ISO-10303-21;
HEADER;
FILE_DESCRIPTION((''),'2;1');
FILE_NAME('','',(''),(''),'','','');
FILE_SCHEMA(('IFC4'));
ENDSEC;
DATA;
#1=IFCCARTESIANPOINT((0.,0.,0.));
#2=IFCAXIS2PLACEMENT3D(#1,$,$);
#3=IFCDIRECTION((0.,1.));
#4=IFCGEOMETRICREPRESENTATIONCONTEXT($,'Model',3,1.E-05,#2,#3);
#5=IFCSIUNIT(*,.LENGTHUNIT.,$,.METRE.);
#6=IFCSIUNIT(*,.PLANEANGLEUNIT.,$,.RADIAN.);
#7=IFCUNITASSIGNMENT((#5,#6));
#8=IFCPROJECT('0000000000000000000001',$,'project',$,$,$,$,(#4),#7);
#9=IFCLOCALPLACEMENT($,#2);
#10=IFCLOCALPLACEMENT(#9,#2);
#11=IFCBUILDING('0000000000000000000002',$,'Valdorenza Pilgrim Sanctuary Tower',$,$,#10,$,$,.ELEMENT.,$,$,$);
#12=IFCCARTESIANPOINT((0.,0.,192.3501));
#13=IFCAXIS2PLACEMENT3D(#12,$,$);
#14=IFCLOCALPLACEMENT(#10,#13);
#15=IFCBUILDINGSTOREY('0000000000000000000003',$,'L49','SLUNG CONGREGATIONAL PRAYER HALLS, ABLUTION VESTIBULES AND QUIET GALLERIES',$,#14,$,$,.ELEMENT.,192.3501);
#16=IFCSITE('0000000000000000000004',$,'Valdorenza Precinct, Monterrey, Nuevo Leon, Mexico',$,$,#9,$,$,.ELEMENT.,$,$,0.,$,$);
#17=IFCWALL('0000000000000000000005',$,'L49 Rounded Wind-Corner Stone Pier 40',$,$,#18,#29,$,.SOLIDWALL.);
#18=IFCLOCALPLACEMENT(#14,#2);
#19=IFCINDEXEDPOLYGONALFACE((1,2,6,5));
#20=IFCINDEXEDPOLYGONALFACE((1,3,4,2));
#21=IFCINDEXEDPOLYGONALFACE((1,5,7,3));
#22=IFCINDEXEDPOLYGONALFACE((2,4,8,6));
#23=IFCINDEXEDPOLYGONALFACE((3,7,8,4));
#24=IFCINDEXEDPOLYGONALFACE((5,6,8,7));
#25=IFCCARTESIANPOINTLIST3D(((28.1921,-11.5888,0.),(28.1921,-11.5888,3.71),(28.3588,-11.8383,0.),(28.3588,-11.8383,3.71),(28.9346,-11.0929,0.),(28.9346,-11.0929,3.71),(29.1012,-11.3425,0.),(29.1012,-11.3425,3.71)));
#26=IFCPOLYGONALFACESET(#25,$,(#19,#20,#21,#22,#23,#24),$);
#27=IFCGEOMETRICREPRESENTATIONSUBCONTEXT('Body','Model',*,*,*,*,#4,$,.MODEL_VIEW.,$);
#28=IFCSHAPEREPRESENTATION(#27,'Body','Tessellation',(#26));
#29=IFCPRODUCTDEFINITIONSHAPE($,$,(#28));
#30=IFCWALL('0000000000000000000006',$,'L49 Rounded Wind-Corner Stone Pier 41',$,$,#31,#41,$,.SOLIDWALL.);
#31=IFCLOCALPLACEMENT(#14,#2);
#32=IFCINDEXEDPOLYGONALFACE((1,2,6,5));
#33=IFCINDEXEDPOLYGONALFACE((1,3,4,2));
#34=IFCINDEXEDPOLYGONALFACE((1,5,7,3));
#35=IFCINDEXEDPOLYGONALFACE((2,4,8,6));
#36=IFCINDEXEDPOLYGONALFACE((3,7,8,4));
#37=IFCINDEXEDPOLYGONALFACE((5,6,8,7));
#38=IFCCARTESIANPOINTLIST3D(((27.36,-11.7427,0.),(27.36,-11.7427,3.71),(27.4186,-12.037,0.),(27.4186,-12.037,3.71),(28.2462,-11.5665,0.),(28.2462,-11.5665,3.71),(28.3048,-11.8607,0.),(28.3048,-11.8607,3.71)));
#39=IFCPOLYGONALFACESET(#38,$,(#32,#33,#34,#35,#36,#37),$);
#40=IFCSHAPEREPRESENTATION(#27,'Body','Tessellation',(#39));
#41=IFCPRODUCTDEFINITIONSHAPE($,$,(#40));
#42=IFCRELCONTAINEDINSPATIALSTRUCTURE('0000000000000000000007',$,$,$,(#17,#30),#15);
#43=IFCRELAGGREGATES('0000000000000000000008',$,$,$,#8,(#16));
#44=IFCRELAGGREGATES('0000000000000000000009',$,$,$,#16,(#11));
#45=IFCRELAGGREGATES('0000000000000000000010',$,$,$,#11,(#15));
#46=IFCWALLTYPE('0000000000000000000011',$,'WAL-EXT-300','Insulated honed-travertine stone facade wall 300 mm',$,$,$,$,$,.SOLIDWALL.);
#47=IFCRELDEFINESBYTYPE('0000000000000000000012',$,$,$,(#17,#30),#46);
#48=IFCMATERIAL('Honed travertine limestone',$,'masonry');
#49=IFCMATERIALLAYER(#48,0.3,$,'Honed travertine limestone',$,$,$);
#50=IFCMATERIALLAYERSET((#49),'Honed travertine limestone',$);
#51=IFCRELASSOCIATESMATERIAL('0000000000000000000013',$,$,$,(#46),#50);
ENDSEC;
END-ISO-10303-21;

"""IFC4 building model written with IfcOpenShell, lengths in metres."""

from ifc_helpers import new_model, si_unit, direction, frame, frame_2d, origin, place, context, subcontext, project, spatial, rectangle, extrude, material, layer, layer_set, type_object, element, save


model = new_model("IFC4")

# Units and contexts
model_context = context("Model", 3, precision=1e-05, world=origin(), true_north=direction((0.0, 1.0)))
body_context = subcontext(model_context, "Body", "Model", "MODEL_VIEW")
ifc_project = project(units=[si_unit("LENGTHUNIT", "METRE"), si_unit("PLANEANGLEUNIT", "RADIAN")], contexts=[model_context])

# Site, building, storey
site_placement = place(None, origin())
site = spatial("IfcSite", under=ifc_project, at=site_placement, Name="Valdorenza Precinct, Monterrey, Nuevo Leon, Mexico", CompositionType="ELEMENT", RefElevation=0.0)
building_placement = place(site_placement, origin())
building = spatial("IfcBuilding", under=site, at=building_placement, Name="Valdorenza Pilgrim Sanctuary Tower", CompositionType="ELEMENT")
storey_placement = place(building_placement, frame((0.0, 0.0, 192.3501)))
storey = spatial("IfcBuildingStorey", under=building, at=storey_placement, Name="L49", Description="SLUNG CONGREGATIONAL PRAYER HALLS, ABLUTION VESTIBULES AND QUIET GALLERIES", CompositionType="ELEMENT", Elevation=192.3501)

# Walls
ifc_material_1 = material(Name="Honed travertine limestone", Category="masonry")
ifc_layer_1 = layer(ifc_material_1, 0.3, Name="Honed travertine limestone")
ifc_layer_set_1 = layer_set([ifc_layer_1], Name="Honed travertine limestone")
wall_type_1 = type_object("IfcWallType", Name="WAL-EXT-300", Description="Insulated honed-travertine stone facade wall 300 mm", PredefinedType="SOLIDWALL", material=ifc_layer_set_1)
wall_1_placement = place(storey_placement, frame((29.0178, -11.2178, 0.0), z_axis=(0.0, 0.0, 1.0), x_axis=(-0.831587, -0.555394, 0.0)))
element("IfcWall", 1, at=wall_1_placement, inside=storey, type_object=wall_type_1, Name="L49 Rounded Wind-Corner Stone Pier 40", PredefinedType="SOLIDWALL", context=body_context, shape_type="SweptSolid", body=[
    extrude(rectangle(XDim=0.8928, YDim=0.3, at=frame_2d((0.4463, 0.0))), origin(), (0.0, 0.0, 1.0), 3.71),
])
wall_2_placement = place(storey_placement, frame((28.2754, -11.7136, 0.0), z_axis=(0.0, 0.0, 1.0), x_axis=(-0.980788, -0.195077, 0.0)))
element("IfcWall", 2, at=wall_2_placement, inside=storey, type_object=wall_type_1, Name="L49 Rounded Wind-Corner Stone Pier 41", PredefinedType="SOLIDWALL", context=body_context, shape_type="SweptSolid", body=[
    extrude(rectangle(XDim=0.9036, YDim=0.3, at=frame_2d((0.4517, 0.0))), origin(), (0.0, 0.0, 1.0), 3.71),
])

save(model, "model.ifc")
